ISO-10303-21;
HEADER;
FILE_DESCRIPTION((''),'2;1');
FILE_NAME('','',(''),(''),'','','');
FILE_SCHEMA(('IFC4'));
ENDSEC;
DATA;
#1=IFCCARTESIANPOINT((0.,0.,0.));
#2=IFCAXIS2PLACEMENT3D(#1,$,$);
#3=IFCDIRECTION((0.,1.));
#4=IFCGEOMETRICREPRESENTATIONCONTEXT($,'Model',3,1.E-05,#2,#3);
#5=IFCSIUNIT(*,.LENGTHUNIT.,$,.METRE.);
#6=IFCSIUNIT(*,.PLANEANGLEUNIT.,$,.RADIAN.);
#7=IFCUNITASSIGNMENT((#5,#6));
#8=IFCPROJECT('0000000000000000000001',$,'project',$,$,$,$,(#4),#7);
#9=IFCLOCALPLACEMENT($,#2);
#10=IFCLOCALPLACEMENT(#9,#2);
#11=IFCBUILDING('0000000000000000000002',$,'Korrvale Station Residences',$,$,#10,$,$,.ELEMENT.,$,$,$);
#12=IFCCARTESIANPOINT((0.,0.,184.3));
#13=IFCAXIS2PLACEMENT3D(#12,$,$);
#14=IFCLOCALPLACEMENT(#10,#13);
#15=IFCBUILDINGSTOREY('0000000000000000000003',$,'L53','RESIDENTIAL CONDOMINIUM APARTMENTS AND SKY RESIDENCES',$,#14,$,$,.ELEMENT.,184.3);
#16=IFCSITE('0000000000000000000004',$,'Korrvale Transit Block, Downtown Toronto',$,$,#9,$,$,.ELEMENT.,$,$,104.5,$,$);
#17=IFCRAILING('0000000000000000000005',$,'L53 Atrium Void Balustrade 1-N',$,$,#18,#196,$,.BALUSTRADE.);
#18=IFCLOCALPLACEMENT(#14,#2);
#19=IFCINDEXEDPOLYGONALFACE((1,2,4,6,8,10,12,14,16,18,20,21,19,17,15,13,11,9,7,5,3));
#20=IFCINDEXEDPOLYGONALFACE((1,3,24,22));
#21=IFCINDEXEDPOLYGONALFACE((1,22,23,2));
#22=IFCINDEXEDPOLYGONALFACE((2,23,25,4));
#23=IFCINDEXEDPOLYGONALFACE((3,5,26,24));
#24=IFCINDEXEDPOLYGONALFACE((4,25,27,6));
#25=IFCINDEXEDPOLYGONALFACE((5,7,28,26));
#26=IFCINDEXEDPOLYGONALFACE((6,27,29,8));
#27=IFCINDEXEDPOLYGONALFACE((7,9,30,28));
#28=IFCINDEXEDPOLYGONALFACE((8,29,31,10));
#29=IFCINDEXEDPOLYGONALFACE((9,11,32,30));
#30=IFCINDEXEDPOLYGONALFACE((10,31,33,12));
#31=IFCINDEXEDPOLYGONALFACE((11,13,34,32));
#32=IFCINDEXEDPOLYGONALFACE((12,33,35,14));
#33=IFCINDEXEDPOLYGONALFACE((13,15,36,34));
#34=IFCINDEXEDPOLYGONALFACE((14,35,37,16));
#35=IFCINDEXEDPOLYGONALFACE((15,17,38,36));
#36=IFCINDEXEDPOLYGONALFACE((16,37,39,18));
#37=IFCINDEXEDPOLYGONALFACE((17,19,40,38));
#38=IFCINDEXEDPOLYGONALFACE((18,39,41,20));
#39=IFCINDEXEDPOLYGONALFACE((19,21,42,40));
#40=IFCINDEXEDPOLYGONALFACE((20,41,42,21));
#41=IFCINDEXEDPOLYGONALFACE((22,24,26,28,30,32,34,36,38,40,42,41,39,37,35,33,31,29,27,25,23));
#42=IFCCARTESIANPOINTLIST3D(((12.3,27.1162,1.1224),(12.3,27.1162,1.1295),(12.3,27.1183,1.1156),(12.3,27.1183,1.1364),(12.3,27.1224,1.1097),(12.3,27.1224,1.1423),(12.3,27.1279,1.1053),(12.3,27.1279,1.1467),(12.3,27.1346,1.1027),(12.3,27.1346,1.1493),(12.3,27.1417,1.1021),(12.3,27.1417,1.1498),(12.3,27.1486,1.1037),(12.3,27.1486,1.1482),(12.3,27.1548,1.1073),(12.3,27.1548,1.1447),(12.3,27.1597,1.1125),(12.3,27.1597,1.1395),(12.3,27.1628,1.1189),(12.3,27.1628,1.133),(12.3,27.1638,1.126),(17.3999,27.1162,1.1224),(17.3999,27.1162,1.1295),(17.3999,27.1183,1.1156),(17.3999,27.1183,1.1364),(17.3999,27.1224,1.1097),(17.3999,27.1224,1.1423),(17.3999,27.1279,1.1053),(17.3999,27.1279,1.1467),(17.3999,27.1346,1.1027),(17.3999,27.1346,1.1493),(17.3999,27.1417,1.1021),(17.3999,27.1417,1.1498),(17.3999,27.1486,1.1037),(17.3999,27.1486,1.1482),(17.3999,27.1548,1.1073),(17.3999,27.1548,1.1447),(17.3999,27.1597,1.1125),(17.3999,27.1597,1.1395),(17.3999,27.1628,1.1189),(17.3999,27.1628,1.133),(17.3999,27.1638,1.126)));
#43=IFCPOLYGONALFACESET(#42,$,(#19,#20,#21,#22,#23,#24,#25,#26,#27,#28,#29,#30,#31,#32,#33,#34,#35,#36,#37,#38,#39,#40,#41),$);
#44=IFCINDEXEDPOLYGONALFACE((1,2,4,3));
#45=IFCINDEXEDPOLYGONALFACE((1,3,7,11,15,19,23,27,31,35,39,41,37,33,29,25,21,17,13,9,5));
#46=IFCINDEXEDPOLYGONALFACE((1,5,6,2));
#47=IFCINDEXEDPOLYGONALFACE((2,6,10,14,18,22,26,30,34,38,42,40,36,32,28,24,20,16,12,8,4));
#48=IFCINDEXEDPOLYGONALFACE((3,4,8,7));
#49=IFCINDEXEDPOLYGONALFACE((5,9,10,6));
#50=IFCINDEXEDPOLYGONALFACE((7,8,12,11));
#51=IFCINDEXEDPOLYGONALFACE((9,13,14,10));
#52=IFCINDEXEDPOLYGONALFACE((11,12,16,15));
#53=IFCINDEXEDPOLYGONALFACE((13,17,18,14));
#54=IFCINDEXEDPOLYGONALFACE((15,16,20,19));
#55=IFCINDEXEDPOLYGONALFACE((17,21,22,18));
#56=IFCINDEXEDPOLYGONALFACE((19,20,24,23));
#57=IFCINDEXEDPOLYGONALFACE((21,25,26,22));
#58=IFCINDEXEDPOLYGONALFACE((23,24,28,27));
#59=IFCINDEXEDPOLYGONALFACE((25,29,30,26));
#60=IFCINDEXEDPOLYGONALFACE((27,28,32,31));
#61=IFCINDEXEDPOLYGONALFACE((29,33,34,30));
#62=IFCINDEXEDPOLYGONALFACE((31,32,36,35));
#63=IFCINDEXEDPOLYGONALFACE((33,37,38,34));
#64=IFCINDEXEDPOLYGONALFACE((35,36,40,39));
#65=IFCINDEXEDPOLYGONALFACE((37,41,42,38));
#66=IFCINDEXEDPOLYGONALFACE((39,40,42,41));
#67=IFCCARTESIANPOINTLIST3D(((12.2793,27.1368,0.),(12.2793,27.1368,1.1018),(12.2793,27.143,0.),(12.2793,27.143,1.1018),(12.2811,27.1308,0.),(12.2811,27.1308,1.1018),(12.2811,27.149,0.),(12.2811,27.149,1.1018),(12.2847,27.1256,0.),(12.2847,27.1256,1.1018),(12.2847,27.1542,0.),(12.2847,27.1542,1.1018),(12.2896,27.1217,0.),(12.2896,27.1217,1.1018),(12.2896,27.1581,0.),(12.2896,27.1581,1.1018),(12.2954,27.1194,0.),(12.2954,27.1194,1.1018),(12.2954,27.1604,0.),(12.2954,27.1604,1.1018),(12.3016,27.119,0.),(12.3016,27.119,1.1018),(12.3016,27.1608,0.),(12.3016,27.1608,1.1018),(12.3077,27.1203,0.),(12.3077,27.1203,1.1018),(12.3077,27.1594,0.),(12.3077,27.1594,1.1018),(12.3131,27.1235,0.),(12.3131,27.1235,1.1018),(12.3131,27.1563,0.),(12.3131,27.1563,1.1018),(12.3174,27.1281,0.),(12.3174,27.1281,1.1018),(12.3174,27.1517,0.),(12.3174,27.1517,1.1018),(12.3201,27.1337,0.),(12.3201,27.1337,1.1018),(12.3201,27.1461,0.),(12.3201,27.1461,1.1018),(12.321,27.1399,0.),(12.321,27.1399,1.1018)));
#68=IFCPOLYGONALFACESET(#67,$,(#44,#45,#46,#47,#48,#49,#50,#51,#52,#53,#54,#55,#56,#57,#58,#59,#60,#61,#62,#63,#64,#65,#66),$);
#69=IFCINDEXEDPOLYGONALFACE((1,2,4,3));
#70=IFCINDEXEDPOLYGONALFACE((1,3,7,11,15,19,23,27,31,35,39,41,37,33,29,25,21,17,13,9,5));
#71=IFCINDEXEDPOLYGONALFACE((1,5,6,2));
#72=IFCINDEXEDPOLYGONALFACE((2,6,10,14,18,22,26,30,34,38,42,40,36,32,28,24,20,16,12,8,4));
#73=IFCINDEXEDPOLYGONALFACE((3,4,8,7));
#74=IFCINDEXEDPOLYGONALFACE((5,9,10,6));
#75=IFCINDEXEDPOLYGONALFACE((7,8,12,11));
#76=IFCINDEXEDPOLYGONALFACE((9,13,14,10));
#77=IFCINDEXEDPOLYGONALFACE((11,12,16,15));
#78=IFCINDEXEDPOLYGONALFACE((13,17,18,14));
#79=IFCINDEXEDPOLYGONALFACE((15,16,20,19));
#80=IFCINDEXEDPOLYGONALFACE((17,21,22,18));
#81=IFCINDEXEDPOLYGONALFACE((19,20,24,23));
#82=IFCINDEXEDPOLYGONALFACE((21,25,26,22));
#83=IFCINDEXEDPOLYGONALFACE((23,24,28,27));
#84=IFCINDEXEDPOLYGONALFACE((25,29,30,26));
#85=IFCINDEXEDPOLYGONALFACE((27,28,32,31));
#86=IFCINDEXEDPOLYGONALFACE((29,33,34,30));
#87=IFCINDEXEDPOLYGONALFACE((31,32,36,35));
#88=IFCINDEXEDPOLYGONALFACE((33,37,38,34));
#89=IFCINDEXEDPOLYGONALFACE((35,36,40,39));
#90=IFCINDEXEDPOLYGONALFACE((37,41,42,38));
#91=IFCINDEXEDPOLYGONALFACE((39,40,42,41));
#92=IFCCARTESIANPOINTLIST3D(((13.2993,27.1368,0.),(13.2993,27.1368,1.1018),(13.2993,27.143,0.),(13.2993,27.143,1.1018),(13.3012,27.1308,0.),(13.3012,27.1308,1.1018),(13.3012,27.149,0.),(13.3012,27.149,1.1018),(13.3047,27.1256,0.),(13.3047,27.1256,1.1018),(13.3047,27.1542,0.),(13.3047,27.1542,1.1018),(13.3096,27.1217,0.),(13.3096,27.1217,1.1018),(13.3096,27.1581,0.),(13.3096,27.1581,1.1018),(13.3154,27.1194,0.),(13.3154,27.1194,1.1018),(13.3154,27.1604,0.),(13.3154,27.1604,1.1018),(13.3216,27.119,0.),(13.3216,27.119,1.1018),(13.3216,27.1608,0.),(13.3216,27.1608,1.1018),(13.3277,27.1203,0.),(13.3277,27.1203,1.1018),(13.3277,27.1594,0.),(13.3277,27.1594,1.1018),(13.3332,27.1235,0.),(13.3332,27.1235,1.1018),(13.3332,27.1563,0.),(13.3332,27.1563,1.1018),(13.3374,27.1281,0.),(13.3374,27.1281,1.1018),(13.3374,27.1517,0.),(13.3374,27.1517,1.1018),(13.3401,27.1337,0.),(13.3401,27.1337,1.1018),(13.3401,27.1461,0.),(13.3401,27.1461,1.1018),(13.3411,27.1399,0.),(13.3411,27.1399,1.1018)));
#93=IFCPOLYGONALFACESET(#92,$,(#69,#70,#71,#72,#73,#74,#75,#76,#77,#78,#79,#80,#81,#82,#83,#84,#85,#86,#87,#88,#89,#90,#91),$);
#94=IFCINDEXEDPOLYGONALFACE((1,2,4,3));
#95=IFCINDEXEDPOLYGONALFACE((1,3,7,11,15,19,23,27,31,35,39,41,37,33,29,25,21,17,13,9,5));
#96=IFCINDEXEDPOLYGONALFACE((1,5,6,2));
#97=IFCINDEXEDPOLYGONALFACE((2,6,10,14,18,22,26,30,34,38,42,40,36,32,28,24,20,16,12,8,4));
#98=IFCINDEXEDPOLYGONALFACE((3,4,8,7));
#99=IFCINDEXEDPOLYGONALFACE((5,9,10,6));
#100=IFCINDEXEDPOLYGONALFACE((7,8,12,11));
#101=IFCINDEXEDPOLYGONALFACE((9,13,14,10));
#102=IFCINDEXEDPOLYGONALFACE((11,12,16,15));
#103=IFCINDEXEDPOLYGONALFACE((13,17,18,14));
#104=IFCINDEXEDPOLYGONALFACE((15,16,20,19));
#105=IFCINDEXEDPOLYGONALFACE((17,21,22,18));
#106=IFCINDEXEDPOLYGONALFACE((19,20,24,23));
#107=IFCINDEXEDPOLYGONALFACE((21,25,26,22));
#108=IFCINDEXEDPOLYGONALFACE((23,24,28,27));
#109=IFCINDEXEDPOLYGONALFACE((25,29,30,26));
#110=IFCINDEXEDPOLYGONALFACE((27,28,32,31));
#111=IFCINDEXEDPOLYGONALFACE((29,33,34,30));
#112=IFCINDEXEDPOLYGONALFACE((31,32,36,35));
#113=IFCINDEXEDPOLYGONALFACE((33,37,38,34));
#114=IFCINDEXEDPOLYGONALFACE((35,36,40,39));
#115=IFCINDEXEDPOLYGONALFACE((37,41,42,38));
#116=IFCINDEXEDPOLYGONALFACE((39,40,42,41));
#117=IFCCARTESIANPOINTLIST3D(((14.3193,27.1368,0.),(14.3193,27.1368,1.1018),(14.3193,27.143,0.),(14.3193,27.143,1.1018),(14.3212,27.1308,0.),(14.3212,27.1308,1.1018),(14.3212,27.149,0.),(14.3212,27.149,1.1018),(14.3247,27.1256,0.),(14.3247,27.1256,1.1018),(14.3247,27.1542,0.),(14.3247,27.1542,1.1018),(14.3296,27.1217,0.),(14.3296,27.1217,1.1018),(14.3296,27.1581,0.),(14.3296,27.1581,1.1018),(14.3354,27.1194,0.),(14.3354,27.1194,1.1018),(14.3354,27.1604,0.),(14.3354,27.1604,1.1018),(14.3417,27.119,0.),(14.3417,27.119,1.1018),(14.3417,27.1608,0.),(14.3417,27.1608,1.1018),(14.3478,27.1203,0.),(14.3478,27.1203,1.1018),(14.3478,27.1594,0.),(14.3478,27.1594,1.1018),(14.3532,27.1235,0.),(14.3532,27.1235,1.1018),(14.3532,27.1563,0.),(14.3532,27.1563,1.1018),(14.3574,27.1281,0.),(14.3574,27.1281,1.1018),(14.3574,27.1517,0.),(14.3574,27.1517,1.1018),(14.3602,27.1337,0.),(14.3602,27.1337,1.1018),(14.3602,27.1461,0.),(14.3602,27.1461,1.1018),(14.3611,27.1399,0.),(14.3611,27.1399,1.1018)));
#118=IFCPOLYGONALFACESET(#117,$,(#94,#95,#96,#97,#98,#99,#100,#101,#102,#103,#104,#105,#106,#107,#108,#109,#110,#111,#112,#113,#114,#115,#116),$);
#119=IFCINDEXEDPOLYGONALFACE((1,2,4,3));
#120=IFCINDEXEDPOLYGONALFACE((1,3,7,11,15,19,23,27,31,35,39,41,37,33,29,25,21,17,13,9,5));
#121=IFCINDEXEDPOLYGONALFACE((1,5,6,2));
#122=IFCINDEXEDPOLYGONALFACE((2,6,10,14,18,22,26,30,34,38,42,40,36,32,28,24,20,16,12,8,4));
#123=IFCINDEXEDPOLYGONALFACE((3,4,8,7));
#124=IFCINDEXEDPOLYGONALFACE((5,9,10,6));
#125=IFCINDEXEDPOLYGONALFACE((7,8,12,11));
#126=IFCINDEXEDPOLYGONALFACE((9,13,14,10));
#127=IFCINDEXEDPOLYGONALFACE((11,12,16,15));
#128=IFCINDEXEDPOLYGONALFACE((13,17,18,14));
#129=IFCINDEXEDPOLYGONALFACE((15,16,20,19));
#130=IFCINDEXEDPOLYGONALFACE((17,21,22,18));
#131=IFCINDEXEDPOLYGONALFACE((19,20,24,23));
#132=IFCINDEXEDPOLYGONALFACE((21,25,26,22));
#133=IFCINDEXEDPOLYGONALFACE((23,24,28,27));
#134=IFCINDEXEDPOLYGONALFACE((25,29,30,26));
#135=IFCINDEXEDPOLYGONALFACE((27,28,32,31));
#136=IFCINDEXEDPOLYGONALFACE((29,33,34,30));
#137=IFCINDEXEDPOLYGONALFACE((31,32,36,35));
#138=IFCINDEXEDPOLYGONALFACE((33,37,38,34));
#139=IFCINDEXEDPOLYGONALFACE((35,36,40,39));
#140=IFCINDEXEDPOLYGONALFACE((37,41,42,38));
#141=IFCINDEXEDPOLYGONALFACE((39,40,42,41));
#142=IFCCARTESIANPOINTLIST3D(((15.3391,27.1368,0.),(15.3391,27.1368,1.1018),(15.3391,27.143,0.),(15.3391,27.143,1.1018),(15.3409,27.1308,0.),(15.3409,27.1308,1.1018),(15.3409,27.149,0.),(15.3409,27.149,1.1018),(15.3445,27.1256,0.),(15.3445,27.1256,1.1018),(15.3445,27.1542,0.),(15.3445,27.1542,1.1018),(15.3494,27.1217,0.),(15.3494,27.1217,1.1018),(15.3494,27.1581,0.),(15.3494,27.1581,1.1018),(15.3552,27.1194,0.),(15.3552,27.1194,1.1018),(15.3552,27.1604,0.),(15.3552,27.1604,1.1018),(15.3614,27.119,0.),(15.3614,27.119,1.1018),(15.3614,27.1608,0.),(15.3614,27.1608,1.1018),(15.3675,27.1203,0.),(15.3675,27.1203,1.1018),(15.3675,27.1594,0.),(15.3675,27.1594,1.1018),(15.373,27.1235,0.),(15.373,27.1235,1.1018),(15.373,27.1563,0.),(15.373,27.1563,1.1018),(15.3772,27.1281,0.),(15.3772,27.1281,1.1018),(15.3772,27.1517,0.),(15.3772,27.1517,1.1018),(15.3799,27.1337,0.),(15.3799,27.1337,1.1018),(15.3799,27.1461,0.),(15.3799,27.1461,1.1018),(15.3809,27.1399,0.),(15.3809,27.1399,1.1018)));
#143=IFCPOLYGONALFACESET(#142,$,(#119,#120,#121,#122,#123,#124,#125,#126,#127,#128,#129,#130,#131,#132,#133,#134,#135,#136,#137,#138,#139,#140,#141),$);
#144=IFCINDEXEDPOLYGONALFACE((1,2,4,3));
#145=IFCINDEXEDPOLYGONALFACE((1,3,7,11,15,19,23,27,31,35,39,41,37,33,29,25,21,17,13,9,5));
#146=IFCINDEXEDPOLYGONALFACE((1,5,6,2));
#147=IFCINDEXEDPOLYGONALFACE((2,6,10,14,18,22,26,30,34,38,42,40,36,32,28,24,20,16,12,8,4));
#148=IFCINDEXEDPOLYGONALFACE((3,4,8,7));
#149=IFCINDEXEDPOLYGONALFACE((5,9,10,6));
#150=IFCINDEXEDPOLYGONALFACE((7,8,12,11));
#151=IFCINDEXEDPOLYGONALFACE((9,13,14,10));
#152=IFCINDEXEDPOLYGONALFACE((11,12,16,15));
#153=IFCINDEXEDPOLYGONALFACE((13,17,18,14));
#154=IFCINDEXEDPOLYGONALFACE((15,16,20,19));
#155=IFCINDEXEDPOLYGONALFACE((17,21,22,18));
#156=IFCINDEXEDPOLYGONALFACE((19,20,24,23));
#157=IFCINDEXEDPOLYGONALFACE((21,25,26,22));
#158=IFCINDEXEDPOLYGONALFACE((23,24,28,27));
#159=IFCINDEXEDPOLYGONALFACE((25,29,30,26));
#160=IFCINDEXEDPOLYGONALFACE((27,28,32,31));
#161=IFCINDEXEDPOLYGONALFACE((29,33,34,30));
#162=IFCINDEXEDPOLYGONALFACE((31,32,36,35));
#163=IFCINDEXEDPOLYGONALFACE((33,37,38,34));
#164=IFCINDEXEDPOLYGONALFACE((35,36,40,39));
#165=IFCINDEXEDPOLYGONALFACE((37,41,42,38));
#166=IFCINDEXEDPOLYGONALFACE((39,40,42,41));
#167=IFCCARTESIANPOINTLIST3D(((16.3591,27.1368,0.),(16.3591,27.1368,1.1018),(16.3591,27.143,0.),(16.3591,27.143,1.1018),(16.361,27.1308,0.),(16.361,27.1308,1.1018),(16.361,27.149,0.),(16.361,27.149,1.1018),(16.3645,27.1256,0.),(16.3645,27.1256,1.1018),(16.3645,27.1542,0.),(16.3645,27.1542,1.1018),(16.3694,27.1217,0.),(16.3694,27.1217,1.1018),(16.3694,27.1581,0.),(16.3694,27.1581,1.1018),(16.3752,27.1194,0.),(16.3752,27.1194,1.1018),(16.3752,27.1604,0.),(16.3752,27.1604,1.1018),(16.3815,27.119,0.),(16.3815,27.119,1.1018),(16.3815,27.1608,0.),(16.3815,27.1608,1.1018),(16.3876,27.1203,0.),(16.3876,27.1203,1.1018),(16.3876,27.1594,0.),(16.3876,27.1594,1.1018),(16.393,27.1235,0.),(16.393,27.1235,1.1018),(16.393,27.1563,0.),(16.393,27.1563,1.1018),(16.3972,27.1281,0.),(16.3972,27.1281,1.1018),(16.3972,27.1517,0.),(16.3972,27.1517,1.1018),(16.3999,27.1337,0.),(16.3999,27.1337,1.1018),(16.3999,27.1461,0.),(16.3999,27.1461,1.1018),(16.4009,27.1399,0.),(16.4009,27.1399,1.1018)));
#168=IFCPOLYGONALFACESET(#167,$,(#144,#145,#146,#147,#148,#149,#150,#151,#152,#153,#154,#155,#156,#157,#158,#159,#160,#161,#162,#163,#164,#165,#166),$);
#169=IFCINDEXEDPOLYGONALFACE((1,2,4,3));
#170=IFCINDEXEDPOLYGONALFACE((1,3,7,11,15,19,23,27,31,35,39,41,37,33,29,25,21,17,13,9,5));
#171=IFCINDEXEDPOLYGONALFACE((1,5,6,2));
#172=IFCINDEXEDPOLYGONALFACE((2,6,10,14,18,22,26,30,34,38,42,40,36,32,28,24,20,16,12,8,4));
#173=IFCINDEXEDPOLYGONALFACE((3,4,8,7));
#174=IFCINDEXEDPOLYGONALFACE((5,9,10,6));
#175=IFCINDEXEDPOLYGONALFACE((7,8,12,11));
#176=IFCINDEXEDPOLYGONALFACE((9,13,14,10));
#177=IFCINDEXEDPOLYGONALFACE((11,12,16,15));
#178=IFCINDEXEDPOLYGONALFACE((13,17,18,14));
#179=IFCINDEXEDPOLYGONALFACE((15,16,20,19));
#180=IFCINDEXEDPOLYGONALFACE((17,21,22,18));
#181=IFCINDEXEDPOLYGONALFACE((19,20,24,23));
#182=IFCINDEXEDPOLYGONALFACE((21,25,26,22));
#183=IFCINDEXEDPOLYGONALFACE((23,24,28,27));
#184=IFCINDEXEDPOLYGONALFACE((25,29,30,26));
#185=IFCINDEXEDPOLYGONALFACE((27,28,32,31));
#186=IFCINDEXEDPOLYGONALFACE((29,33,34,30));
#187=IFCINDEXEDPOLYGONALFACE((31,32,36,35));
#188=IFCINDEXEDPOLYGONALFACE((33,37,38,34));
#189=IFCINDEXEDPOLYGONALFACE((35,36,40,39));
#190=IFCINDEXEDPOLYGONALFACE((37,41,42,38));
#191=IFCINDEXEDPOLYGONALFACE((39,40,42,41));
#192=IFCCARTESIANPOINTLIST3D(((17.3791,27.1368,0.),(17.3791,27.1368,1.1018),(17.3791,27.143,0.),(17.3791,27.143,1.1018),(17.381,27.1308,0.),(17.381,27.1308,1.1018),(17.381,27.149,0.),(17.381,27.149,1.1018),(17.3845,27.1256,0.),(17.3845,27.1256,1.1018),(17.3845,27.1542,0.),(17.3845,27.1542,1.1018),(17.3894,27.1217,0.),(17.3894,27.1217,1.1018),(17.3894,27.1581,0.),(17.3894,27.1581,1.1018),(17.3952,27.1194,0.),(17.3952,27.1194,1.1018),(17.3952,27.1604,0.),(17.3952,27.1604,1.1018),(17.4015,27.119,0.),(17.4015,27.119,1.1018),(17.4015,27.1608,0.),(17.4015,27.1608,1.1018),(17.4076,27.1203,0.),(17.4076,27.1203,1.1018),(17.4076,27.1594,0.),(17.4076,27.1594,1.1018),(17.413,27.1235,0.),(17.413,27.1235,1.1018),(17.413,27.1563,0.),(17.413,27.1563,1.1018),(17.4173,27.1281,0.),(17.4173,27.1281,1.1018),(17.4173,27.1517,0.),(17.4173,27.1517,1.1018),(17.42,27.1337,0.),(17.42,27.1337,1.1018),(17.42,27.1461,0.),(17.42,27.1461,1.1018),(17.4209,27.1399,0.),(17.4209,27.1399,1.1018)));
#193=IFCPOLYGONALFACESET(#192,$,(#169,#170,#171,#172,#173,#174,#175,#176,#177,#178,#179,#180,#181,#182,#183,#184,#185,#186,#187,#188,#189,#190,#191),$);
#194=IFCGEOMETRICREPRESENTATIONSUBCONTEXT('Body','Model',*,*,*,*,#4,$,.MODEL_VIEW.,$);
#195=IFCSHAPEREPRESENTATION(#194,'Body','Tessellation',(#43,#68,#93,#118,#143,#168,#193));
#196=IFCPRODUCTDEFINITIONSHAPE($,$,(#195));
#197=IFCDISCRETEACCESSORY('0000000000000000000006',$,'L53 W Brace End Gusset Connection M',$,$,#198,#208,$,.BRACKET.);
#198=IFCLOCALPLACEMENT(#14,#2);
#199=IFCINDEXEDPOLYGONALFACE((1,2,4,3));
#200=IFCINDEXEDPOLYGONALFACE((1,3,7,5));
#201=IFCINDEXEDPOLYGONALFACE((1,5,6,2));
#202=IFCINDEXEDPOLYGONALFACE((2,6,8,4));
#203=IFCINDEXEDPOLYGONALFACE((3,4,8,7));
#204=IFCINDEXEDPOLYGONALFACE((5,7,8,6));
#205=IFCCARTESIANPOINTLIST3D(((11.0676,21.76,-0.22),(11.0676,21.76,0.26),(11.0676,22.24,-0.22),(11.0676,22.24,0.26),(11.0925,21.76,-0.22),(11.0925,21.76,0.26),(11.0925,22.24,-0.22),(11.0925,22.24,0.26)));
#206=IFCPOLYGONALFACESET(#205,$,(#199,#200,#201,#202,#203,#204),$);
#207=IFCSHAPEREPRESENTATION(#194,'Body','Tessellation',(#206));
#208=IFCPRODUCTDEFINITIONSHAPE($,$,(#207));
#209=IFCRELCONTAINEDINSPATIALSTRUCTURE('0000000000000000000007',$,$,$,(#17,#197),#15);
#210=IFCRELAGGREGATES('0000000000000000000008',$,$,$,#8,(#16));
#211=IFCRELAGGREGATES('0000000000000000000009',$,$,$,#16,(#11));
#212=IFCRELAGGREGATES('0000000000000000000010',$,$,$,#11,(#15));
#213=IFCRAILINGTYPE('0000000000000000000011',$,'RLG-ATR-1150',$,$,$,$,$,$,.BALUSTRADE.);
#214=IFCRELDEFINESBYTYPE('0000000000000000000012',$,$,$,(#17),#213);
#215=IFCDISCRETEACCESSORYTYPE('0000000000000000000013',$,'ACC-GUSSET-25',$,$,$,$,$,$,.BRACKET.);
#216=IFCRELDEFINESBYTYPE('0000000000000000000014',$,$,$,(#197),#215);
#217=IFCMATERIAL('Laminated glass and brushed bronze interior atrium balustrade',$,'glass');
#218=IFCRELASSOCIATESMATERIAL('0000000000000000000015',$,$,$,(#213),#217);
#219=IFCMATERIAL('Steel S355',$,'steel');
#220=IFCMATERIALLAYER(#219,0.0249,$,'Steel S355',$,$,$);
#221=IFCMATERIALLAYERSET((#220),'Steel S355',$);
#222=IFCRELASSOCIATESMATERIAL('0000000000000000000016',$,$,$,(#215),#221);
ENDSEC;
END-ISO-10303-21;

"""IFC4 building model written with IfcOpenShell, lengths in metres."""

from ifc_helpers import new_model, si_unit, direction, frame, origin, origin_2d, place, context, subcontext, project, spatial, rectangle, circle, extrude, material, layer, layer_set, type_object, element, save


model = new_model("IFC4")

# Units and contexts
model_context = context("Model", 3, precision=1e-05, world=origin(), true_north=direction((0.0, 1.0)))
body_context = subcontext(model_context, "Body", "Model", "MODEL_VIEW")
ifc_project = project(units=[si_unit("LENGTHUNIT", "METRE"), si_unit("PLANEANGLEUNIT", "RADIAN")], contexts=[model_context])

# Site, building, storey
site_placement = place(None, origin())
site = spatial("IfcSite", under=ifc_project, at=site_placement, Name="Korrvale Transit Block, Downtown Toronto", CompositionType="ELEMENT", RefElevation=104.5)
building_placement = place(site_placement, origin())
building = spatial("IfcBuilding", under=site, at=building_placement, Name="Korrvale Station Residences", CompositionType="ELEMENT")
storey_placement = place(building_placement, frame((0.0, 0.0, 184.3)))
storey = spatial("IfcBuildingStorey", under=building, at=storey_placement, Name="L53", Description="RESIDENTIAL CONDOMINIUM APARTMENTS AND SKY RESIDENCES", CompositionType="ELEMENT", Elevation=184.3)

# Shared definitions
ifc_material_1 = material(Name="Steel S355", Category="steel")

# Railing
ifc_material_2 = material(Name="Laminated glass and brushed bronze interior atrium balustrade", Category="glass")
railing_type = type_object("IfcRailingType", Name="RLG-ATR-1150", PredefinedType="BALUSTRADE", material=ifc_material_2)
railing_placement = place(storey_placement, frame((12.3, 27.1399, 0.0)))
element("IfcRailing", 1, at=railing_placement, inside=storey, type_object=railing_type, Name="L53 Atrium Void Balustrade 1-N", PredefinedType="BALUSTRADE", context=body_context, shape_type="SweptSolid", body=[
    extrude(circle(Radius=0.0239, at=origin_2d()), frame((0.0, 0.0, 1.126), z_axis=(1.0, 0.0, 0.0), x_axis=(0.0, 1.0, 0.0)), (0.0, 0.0, 1.0), 5.0999),
    extrude(circle(Radius=0.021, at=origin_2d()), origin(), (0.0, 0.0, 1.0), 1.1018),
    extrude(circle(Radius=0.021, at=origin_2d()), frame((1.02, 0.0, 0.0)), (0.0, 0.0, 1.0), 1.1018),
    extrude(circle(Radius=0.021, at=origin_2d()), frame((2.04, 0.0, 0.0)), (0.0, 0.0, 1.0), 1.1018),
    extrude(circle(Radius=0.021, at=origin_2d()), frame((3.0598, 0.0, 0.0)), (0.0, 0.0, 1.0), 1.1018),
    extrude(circle(Radius=0.021, at=origin_2d()), frame((4.0798, 0.0, 0.0)), (0.0, 0.0, 1.0), 1.1018),
    extrude(circle(Radius=0.021, at=origin_2d()), frame((5.0999, 0.0, 0.0)), (0.0, 0.0, 1.0), 1.1018),
])

# Discrete accessory
ifc_layer_1 = layer(ifc_material_1, 0.0249, Name="Steel S355")
ifc_layer_set_1 = layer_set([ifc_layer_1], Name="Steel S355")
discrete_accessory_type = type_object("IfcDiscreteAccessoryType", Name="ACC-GUSSET-25", PredefinedType="BRACKET", material=ifc_layer_set_1)
for number, where, z_axis, x_axis, name in (
    (2, (11.0801, 22.0, -0.22), (0.0, 0.0, 1.0), (0.0, 1.0, 0.0), "L53 W Brace End Gusset Connection M"),
):
    element("IfcDiscreteAccessory", number, at=place(storey_placement, frame(where, z_axis=z_axis, x_axis=x_axis)), inside=storey, type_object=discrete_accessory_type, Name=name, PredefinedType="BRACKET", context=body_context, shape_type="SweptSolid", body=[
        extrude(rectangle(XDim=0.48, YDim=0.0249, at=origin_2d()), origin(), (0.0, 0.0, 1.0), 0.48),
    ])

save(model, "model.ifc")
